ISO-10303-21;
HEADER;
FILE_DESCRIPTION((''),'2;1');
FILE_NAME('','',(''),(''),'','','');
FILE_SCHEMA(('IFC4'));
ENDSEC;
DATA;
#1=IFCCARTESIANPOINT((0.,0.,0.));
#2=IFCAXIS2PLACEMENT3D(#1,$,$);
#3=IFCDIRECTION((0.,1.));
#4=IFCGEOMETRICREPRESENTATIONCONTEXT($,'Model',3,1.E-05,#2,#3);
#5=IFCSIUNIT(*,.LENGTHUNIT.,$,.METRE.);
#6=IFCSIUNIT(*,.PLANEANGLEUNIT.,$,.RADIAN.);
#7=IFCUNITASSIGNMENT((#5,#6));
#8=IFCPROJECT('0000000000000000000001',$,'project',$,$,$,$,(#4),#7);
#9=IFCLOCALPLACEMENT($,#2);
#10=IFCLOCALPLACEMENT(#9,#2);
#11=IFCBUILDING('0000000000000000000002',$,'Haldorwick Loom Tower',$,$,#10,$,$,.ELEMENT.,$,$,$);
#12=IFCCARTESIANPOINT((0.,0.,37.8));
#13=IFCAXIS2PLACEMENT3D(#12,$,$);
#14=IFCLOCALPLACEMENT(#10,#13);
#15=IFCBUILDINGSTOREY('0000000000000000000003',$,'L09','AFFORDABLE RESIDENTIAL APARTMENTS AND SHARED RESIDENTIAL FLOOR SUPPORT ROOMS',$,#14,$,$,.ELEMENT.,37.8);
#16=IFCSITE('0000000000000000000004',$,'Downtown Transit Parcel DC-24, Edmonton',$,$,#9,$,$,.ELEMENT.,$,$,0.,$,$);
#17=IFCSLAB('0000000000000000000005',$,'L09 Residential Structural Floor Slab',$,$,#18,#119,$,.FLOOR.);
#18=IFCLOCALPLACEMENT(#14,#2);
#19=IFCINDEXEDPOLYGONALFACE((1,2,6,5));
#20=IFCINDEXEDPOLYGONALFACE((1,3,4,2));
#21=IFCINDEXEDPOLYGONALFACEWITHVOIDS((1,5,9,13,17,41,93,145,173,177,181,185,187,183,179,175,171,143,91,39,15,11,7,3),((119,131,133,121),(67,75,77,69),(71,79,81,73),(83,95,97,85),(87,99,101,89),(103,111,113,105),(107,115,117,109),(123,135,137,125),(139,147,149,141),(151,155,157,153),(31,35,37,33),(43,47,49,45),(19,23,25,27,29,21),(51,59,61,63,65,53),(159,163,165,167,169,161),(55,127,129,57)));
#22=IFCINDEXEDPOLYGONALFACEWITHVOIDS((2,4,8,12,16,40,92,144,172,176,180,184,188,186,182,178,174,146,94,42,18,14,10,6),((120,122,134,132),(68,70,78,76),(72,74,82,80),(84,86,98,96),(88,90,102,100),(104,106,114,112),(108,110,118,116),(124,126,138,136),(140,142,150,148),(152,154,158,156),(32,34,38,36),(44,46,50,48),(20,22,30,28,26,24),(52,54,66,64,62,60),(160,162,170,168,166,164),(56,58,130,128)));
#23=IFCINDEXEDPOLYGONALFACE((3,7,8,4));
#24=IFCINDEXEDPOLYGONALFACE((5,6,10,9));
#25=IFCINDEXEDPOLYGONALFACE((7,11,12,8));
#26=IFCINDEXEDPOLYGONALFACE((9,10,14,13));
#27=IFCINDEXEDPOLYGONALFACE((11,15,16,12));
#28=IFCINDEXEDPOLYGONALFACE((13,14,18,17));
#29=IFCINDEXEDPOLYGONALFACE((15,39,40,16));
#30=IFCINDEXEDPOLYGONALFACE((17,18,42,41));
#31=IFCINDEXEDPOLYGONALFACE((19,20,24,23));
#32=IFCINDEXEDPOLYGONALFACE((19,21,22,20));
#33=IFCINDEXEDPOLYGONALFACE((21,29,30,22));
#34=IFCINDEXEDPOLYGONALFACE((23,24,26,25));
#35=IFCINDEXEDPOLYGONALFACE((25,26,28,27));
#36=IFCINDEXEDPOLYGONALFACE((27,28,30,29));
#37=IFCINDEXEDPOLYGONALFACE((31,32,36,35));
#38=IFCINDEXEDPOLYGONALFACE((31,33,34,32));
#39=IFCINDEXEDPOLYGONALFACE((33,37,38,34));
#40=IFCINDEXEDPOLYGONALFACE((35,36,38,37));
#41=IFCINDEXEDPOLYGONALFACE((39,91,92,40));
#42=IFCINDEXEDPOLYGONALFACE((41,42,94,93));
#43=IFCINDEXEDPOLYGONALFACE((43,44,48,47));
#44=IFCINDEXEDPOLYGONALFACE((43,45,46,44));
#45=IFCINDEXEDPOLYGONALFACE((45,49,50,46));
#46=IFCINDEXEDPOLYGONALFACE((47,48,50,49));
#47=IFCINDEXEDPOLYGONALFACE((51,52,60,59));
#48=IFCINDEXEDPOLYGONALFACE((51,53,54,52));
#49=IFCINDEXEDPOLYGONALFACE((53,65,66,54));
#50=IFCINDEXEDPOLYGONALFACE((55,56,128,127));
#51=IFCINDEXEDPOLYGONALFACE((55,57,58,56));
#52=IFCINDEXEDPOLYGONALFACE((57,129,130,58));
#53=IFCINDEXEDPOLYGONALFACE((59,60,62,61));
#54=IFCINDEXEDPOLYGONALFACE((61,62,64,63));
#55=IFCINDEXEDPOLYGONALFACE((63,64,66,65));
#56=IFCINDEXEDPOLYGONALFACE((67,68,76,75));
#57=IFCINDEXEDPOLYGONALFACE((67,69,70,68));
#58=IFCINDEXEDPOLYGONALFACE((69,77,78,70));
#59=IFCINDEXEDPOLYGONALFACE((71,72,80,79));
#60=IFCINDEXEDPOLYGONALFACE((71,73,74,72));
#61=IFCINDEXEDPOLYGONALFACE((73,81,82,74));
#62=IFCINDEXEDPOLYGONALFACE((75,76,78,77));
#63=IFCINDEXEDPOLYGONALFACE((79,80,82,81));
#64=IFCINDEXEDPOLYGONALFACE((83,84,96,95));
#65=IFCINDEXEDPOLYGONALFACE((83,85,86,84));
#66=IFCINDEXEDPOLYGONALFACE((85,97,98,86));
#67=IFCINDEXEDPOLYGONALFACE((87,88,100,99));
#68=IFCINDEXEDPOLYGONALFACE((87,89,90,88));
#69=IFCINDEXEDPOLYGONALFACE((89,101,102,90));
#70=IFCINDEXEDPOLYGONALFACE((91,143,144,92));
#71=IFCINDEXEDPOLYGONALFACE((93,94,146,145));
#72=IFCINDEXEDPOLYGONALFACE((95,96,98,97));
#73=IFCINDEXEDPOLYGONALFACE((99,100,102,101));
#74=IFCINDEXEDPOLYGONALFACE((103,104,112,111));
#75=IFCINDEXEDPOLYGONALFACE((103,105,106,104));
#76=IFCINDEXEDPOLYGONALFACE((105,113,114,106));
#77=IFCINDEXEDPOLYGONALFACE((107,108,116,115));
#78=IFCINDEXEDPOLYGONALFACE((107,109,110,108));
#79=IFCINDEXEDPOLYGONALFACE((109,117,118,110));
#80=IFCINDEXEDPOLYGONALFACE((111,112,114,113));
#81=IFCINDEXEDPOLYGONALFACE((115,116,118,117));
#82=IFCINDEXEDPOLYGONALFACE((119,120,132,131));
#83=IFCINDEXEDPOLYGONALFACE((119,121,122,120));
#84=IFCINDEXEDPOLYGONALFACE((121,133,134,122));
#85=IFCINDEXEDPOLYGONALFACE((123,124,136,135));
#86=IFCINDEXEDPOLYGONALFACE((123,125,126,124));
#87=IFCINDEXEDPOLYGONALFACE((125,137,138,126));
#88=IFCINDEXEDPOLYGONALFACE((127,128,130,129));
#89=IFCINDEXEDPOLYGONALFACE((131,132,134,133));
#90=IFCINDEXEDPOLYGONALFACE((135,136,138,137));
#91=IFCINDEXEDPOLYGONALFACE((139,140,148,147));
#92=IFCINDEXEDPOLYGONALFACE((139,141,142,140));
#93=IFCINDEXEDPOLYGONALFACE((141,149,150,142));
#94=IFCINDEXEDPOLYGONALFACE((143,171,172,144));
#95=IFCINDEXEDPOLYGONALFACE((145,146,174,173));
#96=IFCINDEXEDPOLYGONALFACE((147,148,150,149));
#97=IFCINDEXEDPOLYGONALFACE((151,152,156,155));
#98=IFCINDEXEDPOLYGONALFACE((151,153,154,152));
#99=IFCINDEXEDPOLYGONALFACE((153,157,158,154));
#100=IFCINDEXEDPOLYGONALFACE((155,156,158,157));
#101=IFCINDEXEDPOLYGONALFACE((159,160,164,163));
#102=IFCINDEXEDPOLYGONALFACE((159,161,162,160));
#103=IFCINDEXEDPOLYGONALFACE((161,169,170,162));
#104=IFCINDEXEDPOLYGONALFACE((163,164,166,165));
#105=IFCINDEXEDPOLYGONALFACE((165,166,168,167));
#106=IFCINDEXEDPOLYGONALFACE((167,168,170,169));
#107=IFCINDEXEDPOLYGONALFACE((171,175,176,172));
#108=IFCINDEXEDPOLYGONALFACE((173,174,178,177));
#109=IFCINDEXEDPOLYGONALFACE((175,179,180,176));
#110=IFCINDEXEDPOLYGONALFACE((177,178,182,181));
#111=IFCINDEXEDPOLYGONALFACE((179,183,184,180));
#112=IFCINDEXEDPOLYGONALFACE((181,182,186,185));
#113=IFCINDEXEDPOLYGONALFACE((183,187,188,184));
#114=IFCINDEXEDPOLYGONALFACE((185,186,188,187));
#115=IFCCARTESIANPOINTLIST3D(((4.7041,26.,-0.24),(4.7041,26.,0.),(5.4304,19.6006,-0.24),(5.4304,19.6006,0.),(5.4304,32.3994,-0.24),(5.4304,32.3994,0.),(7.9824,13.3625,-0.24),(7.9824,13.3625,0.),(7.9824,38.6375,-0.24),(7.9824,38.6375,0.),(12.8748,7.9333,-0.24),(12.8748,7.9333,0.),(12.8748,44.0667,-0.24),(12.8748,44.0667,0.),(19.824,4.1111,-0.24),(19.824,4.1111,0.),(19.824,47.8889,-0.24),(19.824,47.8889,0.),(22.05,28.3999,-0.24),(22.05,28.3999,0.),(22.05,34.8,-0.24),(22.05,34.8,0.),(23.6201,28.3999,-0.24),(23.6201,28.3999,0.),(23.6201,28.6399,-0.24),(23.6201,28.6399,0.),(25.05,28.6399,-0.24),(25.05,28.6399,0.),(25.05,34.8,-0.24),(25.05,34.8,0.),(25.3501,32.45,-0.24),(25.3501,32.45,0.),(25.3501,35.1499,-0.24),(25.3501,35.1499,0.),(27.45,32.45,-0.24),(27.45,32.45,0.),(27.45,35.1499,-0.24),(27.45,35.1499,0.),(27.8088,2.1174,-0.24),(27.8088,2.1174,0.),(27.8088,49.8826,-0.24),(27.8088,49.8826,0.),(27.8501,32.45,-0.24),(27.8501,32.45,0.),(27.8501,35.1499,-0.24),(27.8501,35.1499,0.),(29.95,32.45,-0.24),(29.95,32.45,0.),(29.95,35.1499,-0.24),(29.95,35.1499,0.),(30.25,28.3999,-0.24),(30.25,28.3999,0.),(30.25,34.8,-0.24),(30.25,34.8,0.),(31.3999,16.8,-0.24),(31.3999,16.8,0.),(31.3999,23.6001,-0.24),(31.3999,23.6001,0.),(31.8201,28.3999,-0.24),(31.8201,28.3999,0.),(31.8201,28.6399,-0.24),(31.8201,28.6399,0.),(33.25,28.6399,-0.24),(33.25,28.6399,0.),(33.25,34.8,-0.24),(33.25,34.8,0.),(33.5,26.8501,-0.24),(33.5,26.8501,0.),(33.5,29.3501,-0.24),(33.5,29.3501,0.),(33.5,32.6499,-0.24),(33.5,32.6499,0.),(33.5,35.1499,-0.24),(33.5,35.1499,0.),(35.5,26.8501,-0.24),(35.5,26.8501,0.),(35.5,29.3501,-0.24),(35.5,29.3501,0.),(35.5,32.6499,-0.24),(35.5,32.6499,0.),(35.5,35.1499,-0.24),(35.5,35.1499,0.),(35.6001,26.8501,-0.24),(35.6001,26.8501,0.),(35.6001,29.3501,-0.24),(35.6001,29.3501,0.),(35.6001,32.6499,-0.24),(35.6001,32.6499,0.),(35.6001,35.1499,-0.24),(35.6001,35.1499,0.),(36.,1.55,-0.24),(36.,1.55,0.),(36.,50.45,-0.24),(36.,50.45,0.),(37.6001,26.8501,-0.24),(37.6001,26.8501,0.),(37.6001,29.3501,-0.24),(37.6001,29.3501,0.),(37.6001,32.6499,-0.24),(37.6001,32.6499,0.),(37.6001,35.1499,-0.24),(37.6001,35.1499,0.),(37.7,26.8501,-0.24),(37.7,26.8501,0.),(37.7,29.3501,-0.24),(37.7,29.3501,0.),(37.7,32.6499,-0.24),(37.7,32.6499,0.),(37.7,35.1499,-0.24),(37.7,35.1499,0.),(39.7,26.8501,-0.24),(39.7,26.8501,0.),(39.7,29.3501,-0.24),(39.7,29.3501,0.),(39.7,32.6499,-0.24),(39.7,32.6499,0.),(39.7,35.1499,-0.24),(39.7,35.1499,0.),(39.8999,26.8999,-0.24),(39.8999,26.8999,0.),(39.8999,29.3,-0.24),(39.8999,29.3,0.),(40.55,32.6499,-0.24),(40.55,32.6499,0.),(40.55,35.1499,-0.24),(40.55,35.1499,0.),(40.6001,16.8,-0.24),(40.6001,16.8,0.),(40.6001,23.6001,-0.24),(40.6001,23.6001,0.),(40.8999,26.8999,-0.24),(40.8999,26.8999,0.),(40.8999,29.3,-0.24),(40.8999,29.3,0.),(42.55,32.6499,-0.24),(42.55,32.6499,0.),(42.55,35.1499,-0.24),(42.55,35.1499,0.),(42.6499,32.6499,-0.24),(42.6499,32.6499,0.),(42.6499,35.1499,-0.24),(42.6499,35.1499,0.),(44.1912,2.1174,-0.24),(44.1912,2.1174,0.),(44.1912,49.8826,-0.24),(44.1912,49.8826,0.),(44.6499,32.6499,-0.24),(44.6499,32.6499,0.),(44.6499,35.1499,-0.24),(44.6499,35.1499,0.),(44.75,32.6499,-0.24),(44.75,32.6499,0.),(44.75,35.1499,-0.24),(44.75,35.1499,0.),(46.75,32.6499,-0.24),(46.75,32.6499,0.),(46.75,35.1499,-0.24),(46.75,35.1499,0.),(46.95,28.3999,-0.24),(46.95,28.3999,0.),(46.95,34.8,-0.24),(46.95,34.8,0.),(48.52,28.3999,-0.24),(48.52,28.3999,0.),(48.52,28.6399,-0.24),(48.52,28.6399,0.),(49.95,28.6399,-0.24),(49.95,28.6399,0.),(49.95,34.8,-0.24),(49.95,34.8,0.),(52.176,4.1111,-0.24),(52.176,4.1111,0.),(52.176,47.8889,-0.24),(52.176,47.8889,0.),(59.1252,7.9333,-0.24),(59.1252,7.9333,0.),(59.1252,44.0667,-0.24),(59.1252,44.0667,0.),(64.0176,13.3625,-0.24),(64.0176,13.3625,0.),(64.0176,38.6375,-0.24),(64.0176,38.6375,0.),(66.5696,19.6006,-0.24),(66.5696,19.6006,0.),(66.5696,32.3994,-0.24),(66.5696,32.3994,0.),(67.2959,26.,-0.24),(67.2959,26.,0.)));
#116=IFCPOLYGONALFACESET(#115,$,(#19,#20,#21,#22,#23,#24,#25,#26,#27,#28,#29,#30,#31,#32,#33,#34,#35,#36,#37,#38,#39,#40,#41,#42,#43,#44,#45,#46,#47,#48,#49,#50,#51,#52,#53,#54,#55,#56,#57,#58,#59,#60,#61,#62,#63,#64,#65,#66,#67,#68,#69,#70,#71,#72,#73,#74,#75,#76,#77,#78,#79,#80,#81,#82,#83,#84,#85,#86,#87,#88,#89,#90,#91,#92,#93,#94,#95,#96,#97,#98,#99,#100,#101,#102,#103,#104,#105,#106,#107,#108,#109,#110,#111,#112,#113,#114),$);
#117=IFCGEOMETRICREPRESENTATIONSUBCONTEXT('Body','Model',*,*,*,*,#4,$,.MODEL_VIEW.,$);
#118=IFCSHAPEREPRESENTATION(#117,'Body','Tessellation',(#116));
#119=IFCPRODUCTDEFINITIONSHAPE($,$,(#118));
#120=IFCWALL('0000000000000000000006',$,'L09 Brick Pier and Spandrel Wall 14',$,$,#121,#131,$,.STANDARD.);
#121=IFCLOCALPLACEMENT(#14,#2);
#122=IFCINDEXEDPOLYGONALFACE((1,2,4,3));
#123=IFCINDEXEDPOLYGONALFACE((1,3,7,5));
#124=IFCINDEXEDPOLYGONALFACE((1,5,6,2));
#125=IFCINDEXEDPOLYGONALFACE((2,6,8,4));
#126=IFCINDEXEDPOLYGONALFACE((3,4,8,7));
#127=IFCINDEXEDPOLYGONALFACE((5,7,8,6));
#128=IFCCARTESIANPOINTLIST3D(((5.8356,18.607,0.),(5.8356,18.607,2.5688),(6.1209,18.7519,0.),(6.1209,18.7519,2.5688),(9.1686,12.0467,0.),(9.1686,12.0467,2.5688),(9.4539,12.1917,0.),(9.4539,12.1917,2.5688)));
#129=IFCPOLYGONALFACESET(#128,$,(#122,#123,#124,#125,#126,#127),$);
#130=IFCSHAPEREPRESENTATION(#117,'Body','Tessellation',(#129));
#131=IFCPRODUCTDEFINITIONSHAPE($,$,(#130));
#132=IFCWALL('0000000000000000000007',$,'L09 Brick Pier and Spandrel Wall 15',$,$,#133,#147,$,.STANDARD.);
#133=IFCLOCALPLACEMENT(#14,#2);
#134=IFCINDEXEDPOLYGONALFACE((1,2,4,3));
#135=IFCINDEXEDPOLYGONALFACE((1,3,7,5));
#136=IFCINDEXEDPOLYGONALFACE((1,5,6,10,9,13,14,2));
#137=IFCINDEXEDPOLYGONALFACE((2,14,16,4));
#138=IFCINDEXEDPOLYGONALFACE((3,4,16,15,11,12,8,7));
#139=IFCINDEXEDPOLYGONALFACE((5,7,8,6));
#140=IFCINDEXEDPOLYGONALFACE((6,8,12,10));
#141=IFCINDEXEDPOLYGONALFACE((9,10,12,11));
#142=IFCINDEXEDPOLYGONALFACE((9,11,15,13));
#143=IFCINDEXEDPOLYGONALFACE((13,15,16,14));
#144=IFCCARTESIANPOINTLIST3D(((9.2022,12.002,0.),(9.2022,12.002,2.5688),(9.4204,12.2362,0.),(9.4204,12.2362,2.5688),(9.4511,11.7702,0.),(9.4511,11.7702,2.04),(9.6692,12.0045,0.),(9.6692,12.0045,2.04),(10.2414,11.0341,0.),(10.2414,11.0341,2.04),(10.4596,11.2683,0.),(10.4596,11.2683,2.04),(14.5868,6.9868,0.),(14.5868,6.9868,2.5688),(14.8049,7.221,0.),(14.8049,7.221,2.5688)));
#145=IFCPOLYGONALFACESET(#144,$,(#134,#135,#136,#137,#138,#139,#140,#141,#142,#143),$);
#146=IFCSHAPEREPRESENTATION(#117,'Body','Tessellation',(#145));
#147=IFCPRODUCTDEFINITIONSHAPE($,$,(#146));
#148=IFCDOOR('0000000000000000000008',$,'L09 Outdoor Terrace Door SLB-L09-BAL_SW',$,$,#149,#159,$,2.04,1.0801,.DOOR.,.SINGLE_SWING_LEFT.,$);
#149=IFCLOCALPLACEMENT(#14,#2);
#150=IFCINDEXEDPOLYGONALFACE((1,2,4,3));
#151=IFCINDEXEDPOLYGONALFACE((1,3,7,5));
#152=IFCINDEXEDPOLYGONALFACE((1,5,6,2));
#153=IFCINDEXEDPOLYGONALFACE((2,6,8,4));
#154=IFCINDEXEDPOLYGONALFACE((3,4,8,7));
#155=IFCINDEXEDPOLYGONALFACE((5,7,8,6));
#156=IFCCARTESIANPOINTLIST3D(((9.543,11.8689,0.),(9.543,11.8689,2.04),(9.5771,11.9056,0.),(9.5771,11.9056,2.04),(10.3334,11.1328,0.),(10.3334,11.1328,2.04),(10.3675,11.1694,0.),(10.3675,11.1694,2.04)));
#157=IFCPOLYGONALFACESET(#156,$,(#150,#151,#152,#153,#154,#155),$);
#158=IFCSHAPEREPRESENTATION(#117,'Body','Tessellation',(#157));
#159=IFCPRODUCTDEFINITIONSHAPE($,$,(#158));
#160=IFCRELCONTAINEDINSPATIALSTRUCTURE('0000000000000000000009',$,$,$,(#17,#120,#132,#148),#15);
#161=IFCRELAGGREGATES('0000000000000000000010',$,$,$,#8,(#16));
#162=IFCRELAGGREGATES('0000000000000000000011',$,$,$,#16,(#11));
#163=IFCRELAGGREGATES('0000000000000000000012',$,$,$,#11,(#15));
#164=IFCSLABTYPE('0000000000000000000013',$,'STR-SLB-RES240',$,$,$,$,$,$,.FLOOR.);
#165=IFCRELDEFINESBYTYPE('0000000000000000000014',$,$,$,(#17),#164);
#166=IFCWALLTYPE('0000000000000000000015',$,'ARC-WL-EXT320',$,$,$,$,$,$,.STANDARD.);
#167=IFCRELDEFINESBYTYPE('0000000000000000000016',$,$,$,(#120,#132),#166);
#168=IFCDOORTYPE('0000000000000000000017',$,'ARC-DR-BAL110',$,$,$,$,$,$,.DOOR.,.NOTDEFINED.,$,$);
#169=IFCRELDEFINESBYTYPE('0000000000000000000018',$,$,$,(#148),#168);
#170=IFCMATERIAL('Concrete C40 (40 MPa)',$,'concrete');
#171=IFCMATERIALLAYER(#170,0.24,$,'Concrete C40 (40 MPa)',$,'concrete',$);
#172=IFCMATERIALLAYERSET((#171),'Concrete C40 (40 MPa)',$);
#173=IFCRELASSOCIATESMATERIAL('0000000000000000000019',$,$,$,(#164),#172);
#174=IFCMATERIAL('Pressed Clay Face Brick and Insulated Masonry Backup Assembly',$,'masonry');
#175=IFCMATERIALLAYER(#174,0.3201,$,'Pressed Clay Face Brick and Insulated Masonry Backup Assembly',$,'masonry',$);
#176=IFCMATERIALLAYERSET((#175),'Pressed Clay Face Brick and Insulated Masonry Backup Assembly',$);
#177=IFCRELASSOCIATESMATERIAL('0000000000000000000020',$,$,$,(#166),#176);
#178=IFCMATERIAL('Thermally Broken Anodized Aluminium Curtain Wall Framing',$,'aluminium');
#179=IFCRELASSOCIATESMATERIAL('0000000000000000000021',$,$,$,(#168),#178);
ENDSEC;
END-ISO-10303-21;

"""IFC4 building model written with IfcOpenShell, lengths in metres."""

from ifc_helpers import new_model, si_unit, direction, frame, frame_2d, origin, place, context, subcontext, project, spatial, polyline, rectangle, outline, extrude, material, layer, layer_set, type_object, element, fill, save


model = new_model("IFC4")

# Units and contexts
model_context = context("Model", 3, precision=1e-05, world=origin(), true_north=direction((0.0, 1.0)))
body_context = subcontext(model_context, "Body", "Model", "MODEL_VIEW")
ifc_project = project(units=[si_unit("LENGTHUNIT", "METRE"), si_unit("PLANEANGLEUNIT", "RADIAN")], contexts=[model_context])

# Site, building, storey
site_placement = place(None, origin())
site = spatial("IfcSite", under=ifc_project, at=site_placement, Name="Downtown Transit Parcel DC-24, Edmonton", CompositionType="ELEMENT", RefElevation=0.0)
building_placement = place(site_placement, origin())
building = spatial("IfcBuilding", under=site, at=building_placement, Name="Haldorwick Loom Tower", CompositionType="ELEMENT")
storey_placement = place(building_placement, frame((0.0, 0.0, 37.8)))
storey = spatial("IfcBuildingStorey", under=building, at=storey_placement, Name="L09", Description="AFFORDABLE RESIDENTIAL APARTMENTS AND SHARED RESIDENTIAL FLOOR SUPPORT ROOMS", CompositionType="ELEMENT", Elevation=37.8)

# Shared definitions
ifc_material_1 = material(Name="Concrete C40 (40 MPa)", Category="concrete")

# Slab
ifc_layer_1 = layer(ifc_material_1, 0.24, Name="Concrete C40 (40 MPa)", Category="concrete")
ifc_layer_set_1 = layer_set([ifc_layer_1], Name="Concrete C40 (40 MPa)")
slab_type_1 = type_object("IfcSlabType", Name="STR-SLB-RES240", PredefinedType="FLOOR", material=ifc_layer_set_1)
slab_1_placement = place(storey_placement, frame((0.0, 0.0, -0.24)))
element("IfcSlab", 1, at=slab_1_placement, inside=storey, type_object=slab_type_1, Name="L09 Residential Structural Floor Slab", PredefinedType="FLOOR", context=body_context, shape_type="SweptSolid", body=[
    extrude(outline(polyline([(59.1252, 7.9333), (64.0176, 13.3625), (66.5696, 19.6006), (67.2959, 26.0), (66.5696, 32.3994), (64.0176, 38.6375), (59.1252, 44.0667), (52.176, 47.8889), (44.1912, 49.8826), (36.0, 50.45), (27.8088, 49.8826), (19.824, 47.8889), (12.8748, 44.0667), (7.9824, 38.6375), (5.4304, 32.3994), (4.7041, 26.0), (5.4304, 19.6006), (7.9824, 13.3625), (12.8748, 7.9333), (19.824, 4.1111), (27.8088, 2.1174), (36.0, 1.55), (44.1912, 2.1174), (52.176, 4.1111), (59.1252, 7.9333)]), holes=[polyline([(31.3999, 23.6001), (40.6001, 23.6001), (40.6001, 16.8), (31.3999, 16.8), (31.3999, 23.6001)]), polyline([(33.5, 26.8501), (33.5, 29.3501), (35.5, 29.3501), (35.5, 26.8501), (33.5, 26.8501)]), polyline([(22.05, 28.3999), (22.05, 34.8), (25.05, 34.8), (25.05, 28.6399), (23.6201, 28.6399), (23.6201, 28.3999), (22.05, 28.3999)]), polyline([(30.25, 28.3999), (30.25, 34.8), (33.25, 34.8), (33.25, 28.6399), (31.8201, 28.6399), (31.8201, 28.3999), (30.25, 28.3999)]), polyline([(25.3501, 32.45), (25.3501, 35.1499), (27.45, 35.1499), (27.45, 32.45), (25.3501, 32.45)]), polyline([(27.8501, 32.45), (27.8501, 35.1499), (29.95, 35.1499), (29.95, 32.45), (27.8501, 32.45)]), polyline([(33.5, 32.6499), (33.5, 35.1499), (35.5, 35.1499), (35.5, 32.6499), (33.5, 32.6499)]), polyline([(35.6001, 32.6499), (35.6001, 35.1499), (37.6001, 35.1499), (37.6001, 32.6499), (35.6001, 32.6499)]), polyline([(35.6001, 26.8501), (35.6001, 29.3501), (37.6001, 29.3501), (37.6001, 26.8501), (35.6001, 26.8501)]), polyline([(37.7, 26.8501), (37.7, 29.3501), (39.7, 29.3501), (39.7, 26.8501), (37.7, 26.8501)]), polyline([(39.8999, 26.8999), (39.8999, 29.3), (40.8999, 29.3), (40.8999, 26.8999), (39.8999, 26.8999)]), polyline([(46.95, 28.3999), (46.95, 34.8), (49.95, 34.8), (49.95, 28.6399), (48.52, 28.6399), (48.52, 28.3999), (46.95, 28.3999)]), polyline([(37.7, 32.6499), (37.7, 35.1499), (39.7, 35.1499), (39.7, 32.6499), (37.7, 32.6499)]), polyline([(40.55, 32.6499), (40.55, 35.1499), (42.55, 35.1499), (42.55, 32.6499), (40.55, 32.6499)]), polyline([(42.6499, 32.6499), (42.6499, 35.1499), (44.6499, 35.1499), (44.6499, 32.6499), (42.6499, 32.6499)]), polyline([(44.75, 32.6499), (44.75, 35.1499), (46.75, 35.1499), (46.75, 32.6499), (44.75, 32.6499)])]), origin(), (0.0, 0.0, 1.0), 0.24),
])

# Wall
ifc_material_2 = material(Name="Pressed Clay Face Brick and Insulated Masonry Backup Assembly", Category="masonry")
ifc_layer_2 = layer(ifc_material_2, 0.3201, Name="Pressed Clay Face Brick and Insulated Masonry Backup Assembly", Category="masonry")
ifc_layer_set_2 = layer_set([ifc_layer_2], Name="Pressed Clay Face Brick and Insulated Masonry Backup Assembly")
wall_type_1 = type_object("IfcWallType", Name="ARC-WL-EXT320", PredefinedType="STANDARD", material=ifc_layer_set_2)
wall_1_placement = place(storey_placement, frame((5.9783, 18.6794, 0.0), z_axis=(0.0, 0.0, 1.0), x_axis=(0.452951, -0.891535, 0.0)))
element("IfcWall", 2, at=wall_1_placement, inside=storey, type_object=wall_type_1, Name="L09 Brick Pier and Spandrel Wall 14", PredefinedType="STANDARD", context=body_context, shape_type="SweptSolid", body=[
    extrude(rectangle(XDim=7.3584, YDim=0.3201, at=frame_2d((3.6792, 0.0))), origin(), (0.0, 0.0, 1.0), 2.5688),
])

# Wall, opening, door
wall_2_placement = place(storey_placement, frame((9.3113, 12.1191, 0.0), z_axis=(0.0, 0.0, 1.0), x_axis=(0.731761, -0.681561, 0.0)))
wall_2 = element("IfcWall", 3, at=wall_2_placement, inside=storey, type_object=wall_type_1, Name="L09 Brick Pier and Spandrel Wall 15", PredefinedType="STANDARD", context=body_context, shape_type="SweptSolid", body=[
    extrude(rectangle(XDim=7.3584, YDim=0.3201, at=frame_2d((3.6792, 0.0))), origin(), (0.0, 0.0, 1.0), 2.5688),
])
opening_1_placement = place(wall_2_placement, frame((0.3401, 0.0, 0.0)))
opening_1 = element("IfcOpeningElement", 4, at=opening_1_placement, cuts=wall_2, PredefinedType="OPENING", context=body_context, shape_type="SweptSolid", body=[
    extrude(rectangle(XDim=1.0801, YDim=2.04, at=frame_2d((0.54, 1.02))), frame((0.0, 0.1699, 0.0), z_axis=(0.0, -1.0, 0.0), x_axis=(1.0, 0.0, 0.0)), (0.0, 0.0, 1.0), 0.3401),
])
ifc_material_3 = material(Name="Thermally Broken Anodized Aluminium Curtain Wall Framing", Category="aluminium")
door_type = type_object("IfcDoorType", Name="ARC-DR-BAL110", OperationType="NOTDEFINED", PredefinedType="DOOR", material=ifc_material_3)
door_placement = place(opening_1_placement, origin())
door = element("IfcDoor", 5, at=door_placement, inside=storey, type_object=door_type, Name="L09 Outdoor Terrace Door SLB-L09-BAL_SW", OperationType="SINGLE_SWING_LEFT", OverallHeight=2.04, OverallWidth=1.0801, PredefinedType="DOOR", context=body_context, shape_type="SweptSolid", body=[
    extrude(rectangle(XDim=1.0801, YDim=2.04, at=frame_2d((0.54, 1.02))), frame((0.0, 0.0249, 0.0), z_axis=(0.0, -1.0, 0.0), x_axis=(1.0, 0.0, 0.0)), (0.0, 0.0, 1.0), 0.05),
])
fill(opening_1, door)

save(model, "model.ifc")
